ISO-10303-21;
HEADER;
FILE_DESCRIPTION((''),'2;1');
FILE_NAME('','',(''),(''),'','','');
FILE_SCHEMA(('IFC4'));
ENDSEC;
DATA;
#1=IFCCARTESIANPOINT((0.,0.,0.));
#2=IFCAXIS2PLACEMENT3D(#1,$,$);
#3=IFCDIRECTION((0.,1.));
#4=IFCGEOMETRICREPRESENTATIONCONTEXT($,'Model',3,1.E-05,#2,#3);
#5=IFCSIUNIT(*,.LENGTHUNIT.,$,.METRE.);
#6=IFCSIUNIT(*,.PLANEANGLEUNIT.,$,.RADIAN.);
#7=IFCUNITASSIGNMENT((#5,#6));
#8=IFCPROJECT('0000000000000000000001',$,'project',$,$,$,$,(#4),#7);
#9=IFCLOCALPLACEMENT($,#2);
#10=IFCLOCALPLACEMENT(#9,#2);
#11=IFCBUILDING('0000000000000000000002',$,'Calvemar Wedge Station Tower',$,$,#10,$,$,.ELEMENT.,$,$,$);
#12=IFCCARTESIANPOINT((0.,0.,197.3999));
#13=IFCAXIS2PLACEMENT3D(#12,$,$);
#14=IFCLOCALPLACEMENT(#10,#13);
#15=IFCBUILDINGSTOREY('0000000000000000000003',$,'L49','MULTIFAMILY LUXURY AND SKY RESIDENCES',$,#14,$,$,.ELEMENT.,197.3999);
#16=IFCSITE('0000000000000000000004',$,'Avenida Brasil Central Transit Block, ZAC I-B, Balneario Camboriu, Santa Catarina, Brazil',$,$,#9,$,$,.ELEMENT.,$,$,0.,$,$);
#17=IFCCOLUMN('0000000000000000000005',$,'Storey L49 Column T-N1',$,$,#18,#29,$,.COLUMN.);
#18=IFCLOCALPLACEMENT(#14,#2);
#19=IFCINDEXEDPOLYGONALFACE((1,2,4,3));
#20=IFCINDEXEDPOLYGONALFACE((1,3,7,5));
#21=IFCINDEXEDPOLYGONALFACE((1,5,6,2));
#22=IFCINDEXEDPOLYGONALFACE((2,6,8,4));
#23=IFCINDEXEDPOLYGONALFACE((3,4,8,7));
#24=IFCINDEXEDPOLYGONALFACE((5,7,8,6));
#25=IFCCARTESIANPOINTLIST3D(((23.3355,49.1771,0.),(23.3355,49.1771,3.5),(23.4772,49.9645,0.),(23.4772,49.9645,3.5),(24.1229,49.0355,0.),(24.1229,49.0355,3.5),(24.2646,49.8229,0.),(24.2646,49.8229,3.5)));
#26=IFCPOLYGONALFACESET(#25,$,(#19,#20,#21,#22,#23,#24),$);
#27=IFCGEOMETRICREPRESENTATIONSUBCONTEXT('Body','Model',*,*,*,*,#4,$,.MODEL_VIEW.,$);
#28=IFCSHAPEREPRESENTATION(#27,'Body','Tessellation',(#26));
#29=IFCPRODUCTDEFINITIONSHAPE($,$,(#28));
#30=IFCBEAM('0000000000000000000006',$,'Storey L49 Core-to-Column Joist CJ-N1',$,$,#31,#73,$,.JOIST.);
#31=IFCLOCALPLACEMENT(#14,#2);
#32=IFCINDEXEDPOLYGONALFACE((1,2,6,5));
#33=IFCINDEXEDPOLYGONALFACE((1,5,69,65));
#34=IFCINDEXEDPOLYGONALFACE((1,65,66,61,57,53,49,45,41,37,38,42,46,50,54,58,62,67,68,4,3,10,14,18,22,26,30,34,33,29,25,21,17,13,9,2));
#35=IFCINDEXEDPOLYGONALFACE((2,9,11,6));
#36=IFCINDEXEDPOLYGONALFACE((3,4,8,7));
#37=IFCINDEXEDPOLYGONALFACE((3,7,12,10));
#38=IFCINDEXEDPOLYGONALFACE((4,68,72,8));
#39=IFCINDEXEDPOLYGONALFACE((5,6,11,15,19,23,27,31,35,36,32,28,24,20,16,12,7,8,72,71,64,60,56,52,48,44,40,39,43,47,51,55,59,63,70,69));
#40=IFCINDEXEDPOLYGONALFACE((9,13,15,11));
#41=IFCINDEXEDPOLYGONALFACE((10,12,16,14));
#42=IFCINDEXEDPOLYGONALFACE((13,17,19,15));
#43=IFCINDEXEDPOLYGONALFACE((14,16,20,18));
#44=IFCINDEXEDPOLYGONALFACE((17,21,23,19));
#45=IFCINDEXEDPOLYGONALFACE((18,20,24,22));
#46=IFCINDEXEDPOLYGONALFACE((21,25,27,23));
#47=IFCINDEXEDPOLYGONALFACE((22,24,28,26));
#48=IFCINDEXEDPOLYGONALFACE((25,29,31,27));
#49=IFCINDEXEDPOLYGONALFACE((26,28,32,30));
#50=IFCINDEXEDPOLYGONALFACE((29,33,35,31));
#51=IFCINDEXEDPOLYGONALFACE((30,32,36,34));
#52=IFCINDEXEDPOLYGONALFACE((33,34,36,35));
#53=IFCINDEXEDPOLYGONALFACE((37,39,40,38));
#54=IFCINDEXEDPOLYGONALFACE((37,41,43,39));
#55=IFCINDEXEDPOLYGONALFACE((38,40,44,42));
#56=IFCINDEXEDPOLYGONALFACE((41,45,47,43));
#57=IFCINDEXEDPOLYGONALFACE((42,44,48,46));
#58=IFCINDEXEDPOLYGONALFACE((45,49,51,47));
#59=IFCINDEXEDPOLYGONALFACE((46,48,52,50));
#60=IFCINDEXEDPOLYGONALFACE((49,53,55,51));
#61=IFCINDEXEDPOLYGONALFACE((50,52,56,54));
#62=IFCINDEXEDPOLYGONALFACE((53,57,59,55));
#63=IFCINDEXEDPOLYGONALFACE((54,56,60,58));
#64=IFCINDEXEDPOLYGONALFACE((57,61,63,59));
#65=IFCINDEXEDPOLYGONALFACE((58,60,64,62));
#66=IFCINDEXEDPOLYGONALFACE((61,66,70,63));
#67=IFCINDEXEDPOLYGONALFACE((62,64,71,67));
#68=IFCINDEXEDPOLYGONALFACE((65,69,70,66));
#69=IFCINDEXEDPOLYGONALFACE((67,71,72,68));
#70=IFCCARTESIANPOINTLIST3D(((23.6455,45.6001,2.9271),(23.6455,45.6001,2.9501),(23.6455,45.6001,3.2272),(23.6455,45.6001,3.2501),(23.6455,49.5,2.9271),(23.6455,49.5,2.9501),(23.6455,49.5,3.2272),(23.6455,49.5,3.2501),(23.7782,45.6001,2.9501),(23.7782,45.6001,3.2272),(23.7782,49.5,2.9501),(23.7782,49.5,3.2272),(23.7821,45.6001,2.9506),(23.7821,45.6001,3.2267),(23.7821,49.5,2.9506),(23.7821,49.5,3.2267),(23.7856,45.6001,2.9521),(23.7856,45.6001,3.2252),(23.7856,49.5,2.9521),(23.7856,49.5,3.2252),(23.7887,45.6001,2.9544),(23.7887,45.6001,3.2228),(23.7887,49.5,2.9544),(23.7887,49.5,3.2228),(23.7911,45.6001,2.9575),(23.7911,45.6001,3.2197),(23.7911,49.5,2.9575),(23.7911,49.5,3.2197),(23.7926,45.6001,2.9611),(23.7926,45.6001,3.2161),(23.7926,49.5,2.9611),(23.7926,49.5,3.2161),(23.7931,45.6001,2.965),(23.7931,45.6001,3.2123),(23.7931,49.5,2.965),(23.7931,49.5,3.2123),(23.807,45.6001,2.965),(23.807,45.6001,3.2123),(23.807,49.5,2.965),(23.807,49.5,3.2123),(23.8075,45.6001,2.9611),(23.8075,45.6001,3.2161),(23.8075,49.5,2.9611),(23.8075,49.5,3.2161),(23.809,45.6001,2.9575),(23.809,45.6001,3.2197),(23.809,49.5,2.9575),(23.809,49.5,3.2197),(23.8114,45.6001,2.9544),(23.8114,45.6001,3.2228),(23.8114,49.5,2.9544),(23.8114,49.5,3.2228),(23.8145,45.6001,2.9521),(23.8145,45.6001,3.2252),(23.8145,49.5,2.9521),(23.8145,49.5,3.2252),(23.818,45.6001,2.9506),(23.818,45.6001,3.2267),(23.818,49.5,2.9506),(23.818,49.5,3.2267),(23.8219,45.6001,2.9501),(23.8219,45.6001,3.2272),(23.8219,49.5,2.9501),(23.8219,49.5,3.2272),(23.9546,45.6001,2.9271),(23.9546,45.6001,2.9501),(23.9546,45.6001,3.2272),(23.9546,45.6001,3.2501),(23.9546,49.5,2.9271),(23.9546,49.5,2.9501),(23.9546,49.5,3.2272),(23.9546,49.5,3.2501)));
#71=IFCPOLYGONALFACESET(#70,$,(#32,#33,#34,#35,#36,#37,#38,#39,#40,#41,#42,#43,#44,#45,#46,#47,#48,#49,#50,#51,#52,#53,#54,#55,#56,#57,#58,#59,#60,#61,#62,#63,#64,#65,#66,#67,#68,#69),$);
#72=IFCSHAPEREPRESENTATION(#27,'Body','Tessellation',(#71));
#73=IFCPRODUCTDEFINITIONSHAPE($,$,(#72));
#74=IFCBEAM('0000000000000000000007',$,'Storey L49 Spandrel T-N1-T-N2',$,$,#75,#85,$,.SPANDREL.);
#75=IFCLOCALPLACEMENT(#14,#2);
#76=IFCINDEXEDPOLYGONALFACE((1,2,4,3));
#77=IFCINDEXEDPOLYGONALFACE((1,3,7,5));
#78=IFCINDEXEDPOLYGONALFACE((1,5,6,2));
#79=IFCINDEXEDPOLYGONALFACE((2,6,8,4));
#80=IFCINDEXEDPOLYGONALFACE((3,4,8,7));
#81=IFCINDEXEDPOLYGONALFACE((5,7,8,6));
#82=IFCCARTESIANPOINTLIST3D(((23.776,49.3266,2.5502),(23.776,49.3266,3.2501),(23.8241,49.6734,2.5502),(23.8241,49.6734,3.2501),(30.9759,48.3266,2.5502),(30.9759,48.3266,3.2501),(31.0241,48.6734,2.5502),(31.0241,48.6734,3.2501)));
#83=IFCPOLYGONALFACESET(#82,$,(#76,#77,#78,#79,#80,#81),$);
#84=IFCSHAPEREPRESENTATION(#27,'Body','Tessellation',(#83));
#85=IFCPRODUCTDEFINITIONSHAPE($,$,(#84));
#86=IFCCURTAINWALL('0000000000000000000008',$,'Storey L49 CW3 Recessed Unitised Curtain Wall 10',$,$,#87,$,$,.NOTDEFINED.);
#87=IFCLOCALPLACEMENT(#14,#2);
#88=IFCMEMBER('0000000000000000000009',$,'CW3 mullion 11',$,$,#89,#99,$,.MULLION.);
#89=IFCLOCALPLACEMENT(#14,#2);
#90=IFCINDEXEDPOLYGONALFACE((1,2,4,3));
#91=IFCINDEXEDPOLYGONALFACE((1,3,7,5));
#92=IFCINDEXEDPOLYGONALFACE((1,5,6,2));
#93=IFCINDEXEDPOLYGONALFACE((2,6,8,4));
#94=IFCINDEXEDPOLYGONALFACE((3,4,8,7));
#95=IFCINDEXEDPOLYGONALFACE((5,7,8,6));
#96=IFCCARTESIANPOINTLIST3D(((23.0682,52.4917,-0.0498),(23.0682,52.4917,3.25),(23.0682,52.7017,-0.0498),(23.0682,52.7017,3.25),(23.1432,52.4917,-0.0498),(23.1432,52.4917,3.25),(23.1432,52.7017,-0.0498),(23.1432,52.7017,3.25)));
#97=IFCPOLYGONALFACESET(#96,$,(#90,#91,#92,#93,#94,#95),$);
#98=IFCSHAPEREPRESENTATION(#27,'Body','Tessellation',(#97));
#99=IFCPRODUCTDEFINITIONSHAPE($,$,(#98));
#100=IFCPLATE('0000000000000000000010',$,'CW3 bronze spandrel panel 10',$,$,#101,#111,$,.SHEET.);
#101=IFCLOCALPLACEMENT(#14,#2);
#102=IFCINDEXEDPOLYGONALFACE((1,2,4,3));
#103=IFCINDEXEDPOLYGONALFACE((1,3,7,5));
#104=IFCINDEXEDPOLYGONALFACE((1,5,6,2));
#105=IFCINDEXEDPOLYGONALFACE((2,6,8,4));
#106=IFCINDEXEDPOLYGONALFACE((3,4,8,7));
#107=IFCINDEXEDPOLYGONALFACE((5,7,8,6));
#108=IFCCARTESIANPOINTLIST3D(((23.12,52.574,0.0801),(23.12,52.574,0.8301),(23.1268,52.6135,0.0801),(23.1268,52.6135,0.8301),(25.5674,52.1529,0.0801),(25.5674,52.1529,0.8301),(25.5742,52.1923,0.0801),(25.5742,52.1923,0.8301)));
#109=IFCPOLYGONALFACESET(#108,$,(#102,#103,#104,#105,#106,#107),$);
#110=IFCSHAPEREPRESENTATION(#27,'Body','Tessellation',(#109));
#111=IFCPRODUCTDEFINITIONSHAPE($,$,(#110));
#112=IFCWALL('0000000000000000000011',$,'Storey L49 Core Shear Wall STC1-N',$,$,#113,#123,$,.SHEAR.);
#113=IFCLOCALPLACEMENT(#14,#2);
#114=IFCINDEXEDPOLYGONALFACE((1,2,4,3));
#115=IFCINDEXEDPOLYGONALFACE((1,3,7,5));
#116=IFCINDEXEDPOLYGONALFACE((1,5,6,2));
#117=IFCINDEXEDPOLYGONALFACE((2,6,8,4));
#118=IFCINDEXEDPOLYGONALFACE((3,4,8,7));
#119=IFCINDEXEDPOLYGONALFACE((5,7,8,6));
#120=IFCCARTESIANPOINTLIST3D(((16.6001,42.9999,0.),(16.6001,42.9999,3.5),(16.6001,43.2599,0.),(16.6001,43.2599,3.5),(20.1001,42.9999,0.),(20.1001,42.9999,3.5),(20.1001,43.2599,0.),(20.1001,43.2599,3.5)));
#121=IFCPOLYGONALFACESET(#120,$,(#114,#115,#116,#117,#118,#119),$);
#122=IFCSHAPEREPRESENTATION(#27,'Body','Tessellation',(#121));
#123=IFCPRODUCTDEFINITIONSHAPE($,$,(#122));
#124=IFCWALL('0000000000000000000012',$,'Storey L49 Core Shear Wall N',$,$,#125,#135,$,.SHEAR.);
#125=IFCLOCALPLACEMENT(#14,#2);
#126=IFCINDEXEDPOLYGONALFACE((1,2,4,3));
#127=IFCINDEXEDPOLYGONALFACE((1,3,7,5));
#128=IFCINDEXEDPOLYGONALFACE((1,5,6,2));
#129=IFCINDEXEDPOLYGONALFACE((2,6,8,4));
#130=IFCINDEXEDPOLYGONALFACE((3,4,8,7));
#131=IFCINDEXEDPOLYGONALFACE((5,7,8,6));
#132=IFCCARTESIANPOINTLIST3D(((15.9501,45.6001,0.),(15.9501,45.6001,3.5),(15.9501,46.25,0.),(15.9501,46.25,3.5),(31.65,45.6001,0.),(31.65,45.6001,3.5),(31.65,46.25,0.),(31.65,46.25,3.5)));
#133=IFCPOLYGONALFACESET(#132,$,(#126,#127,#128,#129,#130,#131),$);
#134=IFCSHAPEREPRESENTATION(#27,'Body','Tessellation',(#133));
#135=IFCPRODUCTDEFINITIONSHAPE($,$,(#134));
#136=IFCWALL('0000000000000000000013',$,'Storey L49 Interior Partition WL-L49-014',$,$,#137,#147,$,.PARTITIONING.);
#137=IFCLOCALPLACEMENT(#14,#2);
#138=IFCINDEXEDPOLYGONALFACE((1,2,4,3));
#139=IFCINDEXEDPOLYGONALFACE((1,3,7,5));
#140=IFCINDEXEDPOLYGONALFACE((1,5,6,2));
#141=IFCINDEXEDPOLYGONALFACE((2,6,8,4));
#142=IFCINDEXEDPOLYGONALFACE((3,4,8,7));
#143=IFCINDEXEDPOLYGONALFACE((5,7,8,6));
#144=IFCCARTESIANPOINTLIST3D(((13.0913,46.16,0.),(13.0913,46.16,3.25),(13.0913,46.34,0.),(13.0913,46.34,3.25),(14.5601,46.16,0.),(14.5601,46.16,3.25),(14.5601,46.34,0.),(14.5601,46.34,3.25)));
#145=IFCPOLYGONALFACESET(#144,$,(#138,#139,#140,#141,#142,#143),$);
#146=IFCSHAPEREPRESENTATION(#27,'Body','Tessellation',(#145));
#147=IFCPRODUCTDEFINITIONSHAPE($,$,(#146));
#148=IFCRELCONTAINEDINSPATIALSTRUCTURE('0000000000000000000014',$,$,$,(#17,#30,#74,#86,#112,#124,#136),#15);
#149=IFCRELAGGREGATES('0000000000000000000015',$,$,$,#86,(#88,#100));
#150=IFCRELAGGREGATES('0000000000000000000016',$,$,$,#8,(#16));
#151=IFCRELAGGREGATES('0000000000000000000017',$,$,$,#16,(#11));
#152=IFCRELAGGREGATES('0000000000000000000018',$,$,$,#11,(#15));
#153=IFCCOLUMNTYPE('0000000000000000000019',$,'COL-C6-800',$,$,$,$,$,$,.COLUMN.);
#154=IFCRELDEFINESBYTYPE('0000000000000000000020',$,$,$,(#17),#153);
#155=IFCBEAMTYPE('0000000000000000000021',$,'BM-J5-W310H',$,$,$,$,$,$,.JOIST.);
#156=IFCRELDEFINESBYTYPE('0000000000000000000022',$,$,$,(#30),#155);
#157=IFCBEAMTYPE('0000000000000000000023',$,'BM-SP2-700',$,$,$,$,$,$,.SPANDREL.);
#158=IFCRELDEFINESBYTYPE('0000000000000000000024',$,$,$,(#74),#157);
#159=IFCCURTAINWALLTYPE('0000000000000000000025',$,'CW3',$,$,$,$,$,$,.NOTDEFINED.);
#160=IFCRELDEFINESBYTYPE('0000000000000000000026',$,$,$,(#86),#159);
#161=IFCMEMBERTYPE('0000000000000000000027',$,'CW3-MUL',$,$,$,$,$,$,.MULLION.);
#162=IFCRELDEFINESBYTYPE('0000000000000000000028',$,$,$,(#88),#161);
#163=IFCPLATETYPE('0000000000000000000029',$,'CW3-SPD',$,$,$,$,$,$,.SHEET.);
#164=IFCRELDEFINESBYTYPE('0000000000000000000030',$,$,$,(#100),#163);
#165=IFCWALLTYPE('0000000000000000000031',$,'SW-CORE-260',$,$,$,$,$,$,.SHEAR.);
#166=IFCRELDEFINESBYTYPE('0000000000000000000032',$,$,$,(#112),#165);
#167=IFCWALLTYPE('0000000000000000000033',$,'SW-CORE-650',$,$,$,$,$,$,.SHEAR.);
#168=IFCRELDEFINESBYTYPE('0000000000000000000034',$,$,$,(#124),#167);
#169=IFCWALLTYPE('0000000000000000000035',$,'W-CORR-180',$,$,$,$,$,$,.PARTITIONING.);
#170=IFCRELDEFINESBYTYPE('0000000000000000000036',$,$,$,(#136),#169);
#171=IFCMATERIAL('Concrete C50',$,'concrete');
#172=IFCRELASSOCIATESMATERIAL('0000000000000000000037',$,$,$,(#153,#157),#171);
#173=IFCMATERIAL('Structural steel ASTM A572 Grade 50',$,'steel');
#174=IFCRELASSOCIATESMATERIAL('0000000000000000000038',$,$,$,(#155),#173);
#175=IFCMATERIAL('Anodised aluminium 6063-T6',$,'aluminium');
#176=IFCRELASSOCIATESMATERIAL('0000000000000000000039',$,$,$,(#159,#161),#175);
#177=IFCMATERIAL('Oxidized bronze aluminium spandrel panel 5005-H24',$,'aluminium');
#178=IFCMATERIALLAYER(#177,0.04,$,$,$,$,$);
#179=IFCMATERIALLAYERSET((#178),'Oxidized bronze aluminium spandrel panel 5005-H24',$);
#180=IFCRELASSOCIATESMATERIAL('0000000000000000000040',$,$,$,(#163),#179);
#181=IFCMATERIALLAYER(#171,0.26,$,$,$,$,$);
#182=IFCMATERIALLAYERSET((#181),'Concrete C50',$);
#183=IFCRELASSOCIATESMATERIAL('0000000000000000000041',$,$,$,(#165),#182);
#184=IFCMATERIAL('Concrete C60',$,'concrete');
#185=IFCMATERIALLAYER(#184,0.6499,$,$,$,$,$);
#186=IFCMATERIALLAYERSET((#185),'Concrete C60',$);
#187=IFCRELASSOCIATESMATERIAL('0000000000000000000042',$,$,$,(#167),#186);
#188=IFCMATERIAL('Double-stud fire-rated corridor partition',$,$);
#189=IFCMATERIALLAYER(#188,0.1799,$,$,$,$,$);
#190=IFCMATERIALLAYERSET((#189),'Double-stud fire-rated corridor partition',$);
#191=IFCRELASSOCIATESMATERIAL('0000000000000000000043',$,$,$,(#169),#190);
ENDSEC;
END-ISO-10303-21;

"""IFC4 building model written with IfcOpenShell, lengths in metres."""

from ifc_helpers import new_model, si_unit, direction, frame, frame_2d, origin, origin_2d, place, context, subcontext, project, spatial, rectangle, i_section, extrude, source, transform, mapped, material, layer, layer_set, material_profile, profile_set, type_object, element, aggregate, save


model = new_model("IFC4")

# Units and contexts
model_context = context("Model", 3, precision=1e-05, world=origin(), true_north=direction((0.0, 1.0)))
body_context = subcontext(model_context, "Body", "Model", "MODEL_VIEW")
ifc_project = project(units=[si_unit("LENGTHUNIT", "METRE"), si_unit("PLANEANGLEUNIT", "RADIAN")], contexts=[model_context])

# Site, building, storey
site_placement = place(None, origin())
site = spatial("IfcSite", under=ifc_project, at=site_placement, Name="Avenida Brasil Central Transit Block, ZAC I-B, Balneario Camboriu, Santa Catarina, Brazil", CompositionType="ELEMENT", RefElevation=0.0)
building_placement = place(site_placement, origin())
building = spatial("IfcBuilding", under=site, at=building_placement, Name="Calvemar Wedge Station Tower", CompositionType="ELEMENT")
storey_placement = place(building_placement, frame((0.0, 0.0, 197.3999)))
storey = spatial("IfcBuildingStorey", under=building, at=storey_placement, Name="L49", Description="MULTIFAMILY LUXURY AND SKY RESIDENCES", CompositionType="ELEMENT", Elevation=197.3999)

# Column
ifc_material_1 = material(Name="Concrete C50", Category="concrete")
ifc_material_profile_1 = material_profile(ifc_material_1, rectangle(XDim=0.8, YDim=0.8, at=origin_2d()), Name="RC800x800")
ifc_profile_set_1 = profile_set([ifc_material_profile_1], Name="Concrete C50")
column_type = type_object("IfcColumnType", Name="COL-C6-800", PredefinedType="COLUMN", material=ifc_profile_set_1)
shared_shape_1 = source(origin(), body_context, "Body", "SweptSolid", [
    extrude(rectangle(XDim=0.8, YDim=0.8, at=origin_2d()), origin(), (0.0, 0.0, 1.0), 3.5),
])
column_placement = place(storey_placement, frame((23.8, 49.5, 0.0), z_axis=(0.0, 0.0, 1.0), x_axis=(0.984196, -0.177085, 0.0)))
element("IfcColumn", 1, at=column_placement, inside=storey, type_object=column_type, Name="Storey L49 Column T-N1", PredefinedType="COLUMN", context=body_context, shape_type="MappedRepresentation", body=[
    mapped(shared_shape_1, transform((0.0, 0.0, 0.0), scale=1.0)),
])

# Beams
ifc_material_2 = material(Name="Structural steel ASTM A572 Grade 50", Category="steel")
ifc_material_profile_2 = material_profile(ifc_material_2, i_section(OverallWidth=0.3091, OverallDepth=0.323, WebThickness=0.0139, FlangeThickness=0.0229, FilletRadius=0.0149, at=origin_2d()), Name="W310x143")
ifc_profile_set_2 = profile_set([ifc_material_profile_2], Name="Structural steel ASTM A572 Grade 50")
beam_type_1 = type_object("IfcBeamType", Name="BM-J5-W310H", PredefinedType="JOIST", material=ifc_profile_set_2)
shared_shape_2 = source(origin(), body_context, "Body", "SweptSolid", [
    extrude(i_section(OverallWidth=0.3091, OverallDepth=0.323, WebThickness=0.0139, FlangeThickness=0.0229, FilletRadius=0.0149, at=origin_2d()), origin(), (0.0, 0.0, 1.0), 3.8999),
])
beam_1_placement = place(storey_placement, frame((23.8, 45.6001, 3.0886), z_axis=(0.0, 1.0, 0.0), x_axis=(-1.0, 0.0, 0.0)))
element("IfcBeam", 2, at=beam_1_placement, inside=storey, type_object=beam_type_1, Name="Storey L49 Core-to-Column Joist CJ-N1", PredefinedType="JOIST", context=body_context, shape_type="MappedRepresentation", body=[
    mapped(shared_shape_2, transform((0.0, 0.0, 0.0), scale=1.0)),
])
ifc_material_profile_3 = material_profile(ifc_material_1, rectangle(XDim=0.3501, YDim=0.7, at=origin_2d()), Name="RC350x700")
ifc_profile_set_3 = profile_set([ifc_material_profile_3], Name="Concrete C50")
beam_type_2 = type_object("IfcBeamType", Name="BM-SP2-700", PredefinedType="SPANDREL", material=ifc_profile_set_3)
shared_shape_3 = source(origin(), body_context, "Body", "SweptSolid", [
    extrude(rectangle(XDim=0.3501, YDim=0.7, at=origin_2d()), origin(), (0.0, 0.0, 1.0), 7.269),
])
beam_2_placement = place(storey_placement, frame((23.8, 49.5, 2.9001), z_axis=(0.990492, -0.137569, 0.0), x_axis=(0.137569, 0.990492, 0.0)))
element("IfcBeam", 3, at=beam_2_placement, inside=storey, type_object=beam_type_2, Name="Storey L49 Spandrel T-N1-T-N2", PredefinedType="SPANDREL", context=body_context, shape_type="MappedRepresentation", body=[
    mapped(shared_shape_3, transform((0.0, 0.0, 0.0), scale=1.0)),
])

# Curtain wall, member, plate
ifc_material_3 = material(Name="Anodised aluminium 6063-T6", Category="aluminium")
curtain_wall_type = type_object("IfcCurtainWallType", Name="CW3", PredefinedType="NOTDEFINED", material=ifc_material_3)
curtain_wall_placement = place(storey_placement, origin())
curtain_wall = element("IfcCurtainWall", 4, at=curtain_wall_placement, inside=storey, type_object=curtain_wall_type, Name="Storey L49 CW3 Recessed Unitised Curtain Wall 10", PredefinedType="NOTDEFINED")
ifc_material_profile_4 = material_profile(ifc_material_3, rectangle(XDim=0.075, YDim=0.21, at=origin_2d()), Name="AL-MUL-75x210")
ifc_profile_set_4 = profile_set([ifc_material_profile_4], Name="Anodised aluminium 6063-T6")
member_type = type_object("IfcMemberType", Name="CW3-MUL", PredefinedType="MULLION", material=ifc_profile_set_4)
shared_shape_4 = source(origin(), body_context, "Body", "SweptSolid", [
    extrude(rectangle(XDim=0.075, YDim=0.21, at=origin_2d()), origin(), (0.0, 0.0, 1.0), 3.2998),
])
member_placement = place(storey_placement, frame((23.1057, 52.5967, -0.0498), z_axis=(0.0, 0.0, 1.0), x_axis=(1.0, 0.0, 0.0)))
member = element("IfcMember", 5, at=member_placement, type_object=member_type, Name="CW3 mullion 11", PredefinedType="MULLION", context=body_context, shape_type="MappedRepresentation", body=[
    mapped(shared_shape_4, transform((0.0, 0.0, 0.0), scale=1.0)),
])
ifc_material_4 = material(Name="Oxidized bronze aluminium spandrel panel 5005-H24", Category="aluminium")
ifc_layer_1 = layer(ifc_material_4, 0.04)
ifc_layer_set_1 = layer_set([ifc_layer_1], Name="Oxidized bronze aluminium spandrel panel 5005-H24")
plate_type = type_object("IfcPlateType", Name="CW3-SPD", PredefinedType="SHEET", material=ifc_layer_set_1)
plate_placement = place(storey_placement, frame((25.5708, 52.1726, 0.0801), z_axis=(0.0, 0.0, 1.0), x_axis=(-0.985517, 0.169578, 0.0)))
plate = element("IfcPlate", 6, at=plate_placement, type_object=plate_type, Name="CW3 bronze spandrel panel 10", PredefinedType="SHEET", context=body_context, shape_type="SweptSolid", body=[
    extrude(rectangle(XDim=2.4834, YDim=0.04, at=frame_2d((1.2417, 0.0))), origin(), (0.0, 0.0, 1.0), 0.75),
])
aggregate(curtain_wall, [member, plate])

# Walls
ifc_layer_2 = layer(ifc_material_1, 0.26)
ifc_layer_set_2 = layer_set([ifc_layer_2], Name="Concrete C50")
wall_type_1 = type_object("IfcWallType", Name="SW-CORE-260", PredefinedType="SHEAR", material=ifc_layer_set_2)
wall_1_placement = place(storey_placement, frame((16.6001, 43.1299, 0.0), z_axis=(0.0, 0.0, 1.0), x_axis=(1.0, 0.0, 0.0)))
element("IfcWall", 7, at=wall_1_placement, inside=storey, type_object=wall_type_1, Name="Storey L49 Core Shear Wall STC1-N", PredefinedType="SHEAR", context=body_context, shape_type="SweptSolid", body=[
    extrude(rectangle(XDim=3.5, YDim=0.26, at=frame_2d((1.75, 0.0))), origin(), (0.0, 0.0, 1.0), 3.5),
])
ifc_material_5 = material(Name="Concrete C60", Category="concrete")
ifc_layer_3 = layer(ifc_material_5, 0.6499)
ifc_layer_set_3 = layer_set([ifc_layer_3], Name="Concrete C60")
wall_type_2 = type_object("IfcWallType", Name="SW-CORE-650", PredefinedType="SHEAR", material=ifc_layer_set_3)
wall_2_placement = place(storey_placement, frame((15.95, 45.925, 0.0), z_axis=(0.0, 0.0, 1.0), x_axis=(1.0, 0.0, 0.0)))
element("IfcWall", 8, at=wall_2_placement, inside=storey, type_object=wall_type_2, Name="Storey L49 Core Shear Wall N", PredefinedType="SHEAR", context=body_context, shape_type="SweptSolid", body=[
    extrude(rectangle(XDim=15.7, YDim=0.6499, at=frame_2d((7.8501, 0.0))), origin(), (0.0, 0.0, 1.0), 3.5),
])
ifc_material_6 = material(Name="Double-stud fire-rated corridor partition")
ifc_layer_4 = layer(ifc_material_6, 0.1799)
ifc_layer_set_4 = layer_set([ifc_layer_4], Name="Double-stud fire-rated corridor partition")
wall_type_3 = type_object("IfcWallType", Name="W-CORR-180", PredefinedType="PARTITIONING", material=ifc_layer_set_4)
wall_3_placement = place(storey_placement, frame((14.5601, 46.25, 0.0), z_axis=(0.0, 0.0, 1.0), x_axis=(-1.0, 0.0, 0.0)))
element("IfcWall", 9, at=wall_3_placement, inside=storey, type_object=wall_type_3, Name="Storey L49 Interior Partition WL-L49-014", PredefinedType="PARTITIONING", context=body_context, shape_type="SweptSolid", body=[
    extrude(rectangle(XDim=1.4688, YDim=0.1799, at=frame_2d((0.7344, 0.0))), origin(), (0.0, 0.0, 1.0), 3.25),
])

save(model, "model.ifc")
